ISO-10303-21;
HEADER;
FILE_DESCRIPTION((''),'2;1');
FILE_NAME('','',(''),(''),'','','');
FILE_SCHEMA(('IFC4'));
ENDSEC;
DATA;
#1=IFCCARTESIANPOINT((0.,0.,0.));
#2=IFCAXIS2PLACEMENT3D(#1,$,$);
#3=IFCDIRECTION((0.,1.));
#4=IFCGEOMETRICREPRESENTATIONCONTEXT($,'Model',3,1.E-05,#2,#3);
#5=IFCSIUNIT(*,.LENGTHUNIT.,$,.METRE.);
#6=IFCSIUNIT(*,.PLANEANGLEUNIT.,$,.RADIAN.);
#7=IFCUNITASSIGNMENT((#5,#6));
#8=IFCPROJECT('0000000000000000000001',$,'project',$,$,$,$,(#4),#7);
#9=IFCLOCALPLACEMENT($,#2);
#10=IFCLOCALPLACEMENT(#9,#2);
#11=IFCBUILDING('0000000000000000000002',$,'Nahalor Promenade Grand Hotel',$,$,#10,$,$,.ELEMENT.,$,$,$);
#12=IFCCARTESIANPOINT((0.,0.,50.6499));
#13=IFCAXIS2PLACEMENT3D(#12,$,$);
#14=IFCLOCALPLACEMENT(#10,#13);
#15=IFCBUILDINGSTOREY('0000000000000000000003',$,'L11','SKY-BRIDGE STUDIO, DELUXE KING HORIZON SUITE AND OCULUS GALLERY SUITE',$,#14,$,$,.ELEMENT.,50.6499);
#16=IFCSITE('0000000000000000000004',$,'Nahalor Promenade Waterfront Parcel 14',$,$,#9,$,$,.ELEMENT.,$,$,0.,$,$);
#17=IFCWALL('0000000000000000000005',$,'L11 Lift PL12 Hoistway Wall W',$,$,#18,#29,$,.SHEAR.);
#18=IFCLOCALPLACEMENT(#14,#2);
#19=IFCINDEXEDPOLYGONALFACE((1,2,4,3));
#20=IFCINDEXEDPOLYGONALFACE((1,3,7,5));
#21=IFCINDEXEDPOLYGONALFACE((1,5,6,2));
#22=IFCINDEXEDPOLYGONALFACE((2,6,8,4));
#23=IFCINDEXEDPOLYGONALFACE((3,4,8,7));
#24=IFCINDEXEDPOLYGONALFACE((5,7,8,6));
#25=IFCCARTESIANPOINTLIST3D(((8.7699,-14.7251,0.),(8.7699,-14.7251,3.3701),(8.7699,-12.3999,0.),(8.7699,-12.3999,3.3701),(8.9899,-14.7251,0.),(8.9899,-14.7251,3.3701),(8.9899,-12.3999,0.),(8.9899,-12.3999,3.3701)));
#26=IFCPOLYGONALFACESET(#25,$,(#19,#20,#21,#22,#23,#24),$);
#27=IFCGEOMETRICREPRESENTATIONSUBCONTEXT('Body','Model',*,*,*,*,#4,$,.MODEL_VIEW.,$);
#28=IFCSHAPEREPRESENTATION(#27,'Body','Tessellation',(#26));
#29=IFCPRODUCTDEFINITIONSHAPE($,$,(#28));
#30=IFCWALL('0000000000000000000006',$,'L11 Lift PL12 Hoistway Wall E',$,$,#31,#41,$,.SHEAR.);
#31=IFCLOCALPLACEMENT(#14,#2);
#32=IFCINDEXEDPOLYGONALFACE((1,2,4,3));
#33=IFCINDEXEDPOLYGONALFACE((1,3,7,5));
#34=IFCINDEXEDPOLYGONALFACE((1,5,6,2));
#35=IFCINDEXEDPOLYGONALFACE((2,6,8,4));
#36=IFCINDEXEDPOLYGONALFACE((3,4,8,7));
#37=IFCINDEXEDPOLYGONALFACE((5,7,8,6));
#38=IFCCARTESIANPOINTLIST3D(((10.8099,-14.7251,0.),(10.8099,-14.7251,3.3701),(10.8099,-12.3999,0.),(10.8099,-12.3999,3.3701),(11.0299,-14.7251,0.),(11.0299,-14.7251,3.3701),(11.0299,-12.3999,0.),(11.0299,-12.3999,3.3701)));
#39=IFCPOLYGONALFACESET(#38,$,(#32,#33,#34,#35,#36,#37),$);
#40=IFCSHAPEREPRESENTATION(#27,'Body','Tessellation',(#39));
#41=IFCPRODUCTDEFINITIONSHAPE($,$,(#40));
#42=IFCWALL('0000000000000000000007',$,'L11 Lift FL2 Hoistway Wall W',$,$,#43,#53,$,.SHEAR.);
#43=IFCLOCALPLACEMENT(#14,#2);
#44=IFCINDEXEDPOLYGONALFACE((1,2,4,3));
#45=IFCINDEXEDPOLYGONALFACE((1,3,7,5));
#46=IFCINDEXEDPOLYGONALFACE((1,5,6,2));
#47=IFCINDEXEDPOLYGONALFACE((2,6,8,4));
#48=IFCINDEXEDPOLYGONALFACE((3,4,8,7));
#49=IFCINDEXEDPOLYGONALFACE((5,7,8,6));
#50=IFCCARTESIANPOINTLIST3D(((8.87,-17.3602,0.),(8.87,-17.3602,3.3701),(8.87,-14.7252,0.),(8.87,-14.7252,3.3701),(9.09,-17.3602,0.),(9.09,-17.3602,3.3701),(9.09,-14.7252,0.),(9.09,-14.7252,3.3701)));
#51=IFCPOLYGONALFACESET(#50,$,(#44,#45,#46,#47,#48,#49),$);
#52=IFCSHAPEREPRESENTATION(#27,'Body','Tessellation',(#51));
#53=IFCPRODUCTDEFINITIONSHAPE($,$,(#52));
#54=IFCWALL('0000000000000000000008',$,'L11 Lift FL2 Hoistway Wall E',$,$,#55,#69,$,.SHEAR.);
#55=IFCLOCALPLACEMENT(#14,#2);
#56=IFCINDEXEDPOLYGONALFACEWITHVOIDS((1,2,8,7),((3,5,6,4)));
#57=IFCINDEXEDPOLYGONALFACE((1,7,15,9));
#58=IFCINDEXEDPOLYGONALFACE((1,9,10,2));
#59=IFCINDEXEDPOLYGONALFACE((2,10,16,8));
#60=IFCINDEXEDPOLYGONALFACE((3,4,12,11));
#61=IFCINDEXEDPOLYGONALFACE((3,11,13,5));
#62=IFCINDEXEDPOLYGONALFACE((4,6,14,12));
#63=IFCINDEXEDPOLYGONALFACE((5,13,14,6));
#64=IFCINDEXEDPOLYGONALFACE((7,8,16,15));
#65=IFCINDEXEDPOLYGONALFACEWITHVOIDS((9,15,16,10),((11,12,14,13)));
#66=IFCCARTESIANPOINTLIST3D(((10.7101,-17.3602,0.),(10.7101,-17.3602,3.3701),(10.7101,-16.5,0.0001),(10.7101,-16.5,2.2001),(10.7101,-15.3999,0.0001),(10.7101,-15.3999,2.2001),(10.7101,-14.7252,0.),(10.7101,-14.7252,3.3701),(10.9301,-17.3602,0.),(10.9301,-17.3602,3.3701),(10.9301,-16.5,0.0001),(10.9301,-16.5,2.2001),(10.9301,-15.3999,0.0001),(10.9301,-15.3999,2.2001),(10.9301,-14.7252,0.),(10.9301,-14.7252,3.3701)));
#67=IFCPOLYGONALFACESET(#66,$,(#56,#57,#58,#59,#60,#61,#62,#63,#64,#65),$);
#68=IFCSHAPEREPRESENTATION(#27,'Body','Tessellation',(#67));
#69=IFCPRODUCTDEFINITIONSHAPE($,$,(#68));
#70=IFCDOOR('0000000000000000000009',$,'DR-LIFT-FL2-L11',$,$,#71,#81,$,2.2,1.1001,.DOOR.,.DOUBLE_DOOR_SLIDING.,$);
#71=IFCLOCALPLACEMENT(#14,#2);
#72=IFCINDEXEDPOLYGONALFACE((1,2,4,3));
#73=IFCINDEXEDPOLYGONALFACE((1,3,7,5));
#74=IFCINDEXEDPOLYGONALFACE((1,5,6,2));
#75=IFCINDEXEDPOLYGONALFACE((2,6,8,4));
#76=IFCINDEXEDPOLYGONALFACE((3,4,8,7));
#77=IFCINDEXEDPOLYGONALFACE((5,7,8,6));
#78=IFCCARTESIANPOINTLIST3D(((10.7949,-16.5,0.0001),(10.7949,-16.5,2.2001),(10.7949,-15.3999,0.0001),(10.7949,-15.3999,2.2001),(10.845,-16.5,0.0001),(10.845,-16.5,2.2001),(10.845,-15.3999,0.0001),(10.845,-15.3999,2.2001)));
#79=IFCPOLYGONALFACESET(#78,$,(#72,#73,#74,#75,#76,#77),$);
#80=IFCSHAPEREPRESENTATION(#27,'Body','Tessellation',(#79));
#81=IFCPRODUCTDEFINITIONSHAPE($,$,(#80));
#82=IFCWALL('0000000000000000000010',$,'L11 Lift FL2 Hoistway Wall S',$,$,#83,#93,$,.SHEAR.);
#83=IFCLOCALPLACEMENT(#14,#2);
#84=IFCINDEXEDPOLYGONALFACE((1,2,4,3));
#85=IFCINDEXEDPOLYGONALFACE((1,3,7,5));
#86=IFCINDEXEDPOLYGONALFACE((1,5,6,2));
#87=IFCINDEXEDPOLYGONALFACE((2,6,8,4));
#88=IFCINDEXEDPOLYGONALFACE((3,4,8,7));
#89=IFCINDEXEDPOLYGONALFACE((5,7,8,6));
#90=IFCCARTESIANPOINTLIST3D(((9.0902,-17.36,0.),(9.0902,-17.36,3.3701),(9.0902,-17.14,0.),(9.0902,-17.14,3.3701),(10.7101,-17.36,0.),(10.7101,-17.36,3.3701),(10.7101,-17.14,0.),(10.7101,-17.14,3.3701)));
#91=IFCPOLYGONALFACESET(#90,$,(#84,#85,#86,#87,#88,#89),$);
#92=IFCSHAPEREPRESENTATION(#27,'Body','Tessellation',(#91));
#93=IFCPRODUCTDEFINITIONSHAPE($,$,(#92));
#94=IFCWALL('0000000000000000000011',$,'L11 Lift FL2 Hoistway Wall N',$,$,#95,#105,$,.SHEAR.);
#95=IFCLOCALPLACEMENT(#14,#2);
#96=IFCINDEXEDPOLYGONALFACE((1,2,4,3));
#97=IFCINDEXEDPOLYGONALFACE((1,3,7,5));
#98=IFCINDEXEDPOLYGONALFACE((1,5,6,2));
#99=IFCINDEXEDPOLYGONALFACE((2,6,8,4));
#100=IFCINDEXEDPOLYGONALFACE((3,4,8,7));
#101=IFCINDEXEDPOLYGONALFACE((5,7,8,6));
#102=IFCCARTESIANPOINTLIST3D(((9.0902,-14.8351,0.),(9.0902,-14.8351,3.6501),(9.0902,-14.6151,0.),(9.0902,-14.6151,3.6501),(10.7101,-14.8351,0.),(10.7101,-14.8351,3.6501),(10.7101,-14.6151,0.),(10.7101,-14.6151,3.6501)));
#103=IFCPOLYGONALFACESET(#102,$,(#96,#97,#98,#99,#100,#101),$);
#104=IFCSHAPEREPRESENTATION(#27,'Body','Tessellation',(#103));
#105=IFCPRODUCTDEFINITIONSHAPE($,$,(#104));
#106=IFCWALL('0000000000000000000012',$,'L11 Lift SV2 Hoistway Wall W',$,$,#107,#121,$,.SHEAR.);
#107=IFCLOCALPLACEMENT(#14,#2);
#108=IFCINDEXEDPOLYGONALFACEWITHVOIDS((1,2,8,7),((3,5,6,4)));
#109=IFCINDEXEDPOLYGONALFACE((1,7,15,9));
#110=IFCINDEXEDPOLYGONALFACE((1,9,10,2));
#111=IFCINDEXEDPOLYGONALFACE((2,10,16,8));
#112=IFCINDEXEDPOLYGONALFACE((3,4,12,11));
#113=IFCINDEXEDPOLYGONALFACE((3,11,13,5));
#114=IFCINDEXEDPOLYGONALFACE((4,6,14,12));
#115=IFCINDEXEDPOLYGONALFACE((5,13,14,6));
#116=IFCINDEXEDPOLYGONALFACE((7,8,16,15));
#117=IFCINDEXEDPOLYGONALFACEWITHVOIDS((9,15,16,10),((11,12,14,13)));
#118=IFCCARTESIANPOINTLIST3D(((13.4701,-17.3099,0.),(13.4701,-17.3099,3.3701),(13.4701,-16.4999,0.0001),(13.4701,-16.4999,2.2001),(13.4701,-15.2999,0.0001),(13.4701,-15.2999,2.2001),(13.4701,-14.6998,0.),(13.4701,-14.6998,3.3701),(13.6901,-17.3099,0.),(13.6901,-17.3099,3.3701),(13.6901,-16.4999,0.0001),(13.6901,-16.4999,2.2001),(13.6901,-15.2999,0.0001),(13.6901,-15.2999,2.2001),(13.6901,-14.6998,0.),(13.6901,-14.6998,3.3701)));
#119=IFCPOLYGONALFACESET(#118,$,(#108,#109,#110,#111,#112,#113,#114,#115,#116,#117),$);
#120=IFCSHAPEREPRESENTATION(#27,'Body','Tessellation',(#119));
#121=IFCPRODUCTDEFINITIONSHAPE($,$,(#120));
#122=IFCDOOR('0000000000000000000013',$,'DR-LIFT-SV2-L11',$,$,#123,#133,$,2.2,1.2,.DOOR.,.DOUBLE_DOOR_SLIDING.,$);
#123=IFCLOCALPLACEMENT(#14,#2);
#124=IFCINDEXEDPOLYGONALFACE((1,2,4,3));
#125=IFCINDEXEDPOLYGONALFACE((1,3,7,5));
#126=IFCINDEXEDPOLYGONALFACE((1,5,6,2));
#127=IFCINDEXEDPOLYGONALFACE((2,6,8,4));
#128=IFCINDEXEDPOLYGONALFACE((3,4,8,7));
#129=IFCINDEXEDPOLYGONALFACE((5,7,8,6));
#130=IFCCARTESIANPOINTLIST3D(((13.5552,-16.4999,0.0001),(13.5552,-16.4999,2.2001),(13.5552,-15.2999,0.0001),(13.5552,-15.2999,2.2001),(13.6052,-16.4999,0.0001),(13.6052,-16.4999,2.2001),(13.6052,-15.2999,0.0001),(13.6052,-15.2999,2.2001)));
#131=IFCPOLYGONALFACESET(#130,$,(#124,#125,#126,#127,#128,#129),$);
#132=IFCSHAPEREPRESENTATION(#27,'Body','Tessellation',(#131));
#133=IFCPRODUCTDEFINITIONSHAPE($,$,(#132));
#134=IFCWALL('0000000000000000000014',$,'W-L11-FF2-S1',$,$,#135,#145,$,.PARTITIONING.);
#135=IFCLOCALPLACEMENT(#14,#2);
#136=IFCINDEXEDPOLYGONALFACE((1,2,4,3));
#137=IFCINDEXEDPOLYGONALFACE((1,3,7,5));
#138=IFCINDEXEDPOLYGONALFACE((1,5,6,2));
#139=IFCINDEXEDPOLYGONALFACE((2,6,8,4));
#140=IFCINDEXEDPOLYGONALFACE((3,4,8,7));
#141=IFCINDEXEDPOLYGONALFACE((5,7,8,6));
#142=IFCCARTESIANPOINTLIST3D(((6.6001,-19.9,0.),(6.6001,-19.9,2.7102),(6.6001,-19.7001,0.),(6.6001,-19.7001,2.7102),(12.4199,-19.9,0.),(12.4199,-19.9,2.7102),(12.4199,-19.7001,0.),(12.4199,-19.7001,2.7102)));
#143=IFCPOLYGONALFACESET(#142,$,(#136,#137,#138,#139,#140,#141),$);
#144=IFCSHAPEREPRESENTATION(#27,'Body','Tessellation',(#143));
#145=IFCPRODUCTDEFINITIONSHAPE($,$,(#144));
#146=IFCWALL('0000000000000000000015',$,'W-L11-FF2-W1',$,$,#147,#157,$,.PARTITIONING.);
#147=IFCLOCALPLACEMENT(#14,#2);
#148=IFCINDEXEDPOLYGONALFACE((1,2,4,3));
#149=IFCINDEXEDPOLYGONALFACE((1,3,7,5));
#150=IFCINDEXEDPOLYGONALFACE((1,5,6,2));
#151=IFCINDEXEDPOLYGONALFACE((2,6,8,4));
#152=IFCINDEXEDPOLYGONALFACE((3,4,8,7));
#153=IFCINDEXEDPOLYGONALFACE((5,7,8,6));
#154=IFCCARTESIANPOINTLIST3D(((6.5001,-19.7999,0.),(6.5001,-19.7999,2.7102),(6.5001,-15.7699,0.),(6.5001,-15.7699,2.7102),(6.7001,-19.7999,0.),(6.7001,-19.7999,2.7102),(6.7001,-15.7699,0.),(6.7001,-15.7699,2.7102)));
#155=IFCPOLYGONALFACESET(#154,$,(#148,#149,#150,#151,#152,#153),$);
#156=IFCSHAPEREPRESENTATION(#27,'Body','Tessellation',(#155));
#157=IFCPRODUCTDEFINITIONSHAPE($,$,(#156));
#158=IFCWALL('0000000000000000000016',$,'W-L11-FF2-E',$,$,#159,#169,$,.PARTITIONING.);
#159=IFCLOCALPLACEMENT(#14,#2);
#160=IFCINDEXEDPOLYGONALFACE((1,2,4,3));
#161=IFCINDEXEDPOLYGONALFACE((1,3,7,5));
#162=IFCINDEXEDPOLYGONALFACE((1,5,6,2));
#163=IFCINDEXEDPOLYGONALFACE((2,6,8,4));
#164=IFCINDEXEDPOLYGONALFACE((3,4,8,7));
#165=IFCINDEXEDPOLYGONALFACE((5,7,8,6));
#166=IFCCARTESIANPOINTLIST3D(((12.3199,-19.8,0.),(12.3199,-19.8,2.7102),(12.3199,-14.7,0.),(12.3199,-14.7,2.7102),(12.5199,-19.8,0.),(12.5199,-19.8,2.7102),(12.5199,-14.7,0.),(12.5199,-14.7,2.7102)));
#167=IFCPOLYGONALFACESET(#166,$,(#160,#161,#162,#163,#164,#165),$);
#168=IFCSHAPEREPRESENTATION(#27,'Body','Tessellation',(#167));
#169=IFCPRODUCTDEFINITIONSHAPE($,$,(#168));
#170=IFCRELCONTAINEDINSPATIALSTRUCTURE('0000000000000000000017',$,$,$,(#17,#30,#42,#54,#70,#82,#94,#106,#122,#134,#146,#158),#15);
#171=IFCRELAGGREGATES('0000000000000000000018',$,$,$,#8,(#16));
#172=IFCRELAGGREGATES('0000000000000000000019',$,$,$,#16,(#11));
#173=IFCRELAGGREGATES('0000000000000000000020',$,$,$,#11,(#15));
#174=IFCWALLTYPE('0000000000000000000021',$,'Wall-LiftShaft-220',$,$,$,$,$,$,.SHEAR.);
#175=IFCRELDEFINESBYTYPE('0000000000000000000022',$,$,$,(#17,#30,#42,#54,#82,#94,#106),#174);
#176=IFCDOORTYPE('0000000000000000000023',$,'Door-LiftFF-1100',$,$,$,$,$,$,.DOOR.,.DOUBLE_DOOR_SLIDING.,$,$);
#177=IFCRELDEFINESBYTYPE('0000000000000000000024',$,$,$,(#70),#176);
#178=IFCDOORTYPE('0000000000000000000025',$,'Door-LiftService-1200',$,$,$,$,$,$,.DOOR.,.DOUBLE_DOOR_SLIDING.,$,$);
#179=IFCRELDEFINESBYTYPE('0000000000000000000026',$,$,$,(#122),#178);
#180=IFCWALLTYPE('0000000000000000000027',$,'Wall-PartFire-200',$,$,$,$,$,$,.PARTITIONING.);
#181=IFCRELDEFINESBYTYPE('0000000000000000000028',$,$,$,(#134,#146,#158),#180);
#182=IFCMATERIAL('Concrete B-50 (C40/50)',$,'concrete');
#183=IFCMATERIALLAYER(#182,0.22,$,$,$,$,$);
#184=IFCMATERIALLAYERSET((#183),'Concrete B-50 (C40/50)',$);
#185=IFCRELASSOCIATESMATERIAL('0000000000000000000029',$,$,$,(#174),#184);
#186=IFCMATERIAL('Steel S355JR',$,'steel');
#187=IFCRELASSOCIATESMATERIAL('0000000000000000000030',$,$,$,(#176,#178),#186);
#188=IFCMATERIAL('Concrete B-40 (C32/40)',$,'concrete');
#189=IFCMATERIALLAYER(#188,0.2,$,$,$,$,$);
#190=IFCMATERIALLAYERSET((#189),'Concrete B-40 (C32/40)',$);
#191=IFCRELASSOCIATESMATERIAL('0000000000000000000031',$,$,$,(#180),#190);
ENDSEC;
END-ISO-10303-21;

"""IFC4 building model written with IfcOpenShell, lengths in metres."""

from ifc_helpers import new_model, si_unit, direction, frame, frame_2d, origin, place, context, subcontext, project, spatial, rectangle, extrude, source, transform, mapped, material, layer, layer_set, type_object, element, fill, save


model = new_model("IFC4")

# Units and contexts
model_context = context("Model", 3, precision=1e-05, world=origin(), true_north=direction((0.0, 1.0)))
body_context = subcontext(model_context, "Body", "Model", "MODEL_VIEW")
ifc_project = project(units=[si_unit("LENGTHUNIT", "METRE"), si_unit("PLANEANGLEUNIT", "RADIAN")], contexts=[model_context])

# Site, building, storey
site_placement = place(None, origin())
site = spatial("IfcSite", under=ifc_project, at=site_placement, Name="Nahalor Promenade Waterfront Parcel 14", CompositionType="ELEMENT", RefElevation=0.0)
building_placement = place(site_placement, origin())
building = spatial("IfcBuilding", under=site, at=building_placement, Name="Nahalor Promenade Grand Hotel", CompositionType="ELEMENT")
storey_placement = place(building_placement, frame((0.0, 0.0, 50.6499)))
storey = spatial("IfcBuildingStorey", under=building, at=storey_placement, Name="L11", Description="SKY-BRIDGE STUDIO, DELUXE KING HORIZON SUITE AND OCULUS GALLERY SUITE", CompositionType="ELEMENT", Elevation=50.6499)

# Shared definitions
ifc_material_1 = material(Name="Steel S355JR", Category="steel")

# Shared definitions
ifc_material_2 = material(Name="Concrete B-50 (C40/50)", Category="concrete")

# Walls
ifc_layer_1 = layer(ifc_material_2, 0.22)
ifc_layer_set_1 = layer_set([ifc_layer_1], Name="Concrete B-50 (C40/50)")
wall_type_1 = type_object("IfcWallType", Name="Wall-LiftShaft-220", PredefinedType="SHEAR", material=ifc_layer_set_1)
shared_shape_1 = source(origin(), body_context, "Body", "SweptSolid", [
    extrude(rectangle(XDim=2.3252, YDim=0.22, at=frame_2d((1.1626, 0.0))), origin(), (0.0, 0.0, 1.0), 3.3701),
])
for number, where, z_axis, x_axis, name in (
    (1, (8.8799, -14.7251, 0.0), (0.0, 0.0, 1.0), (0.0, 1.0, 0.0), "L11 Lift PL12 Hoistway Wall W"),
    (2, (10.9199, -14.7251, 0.0), (0.0, 0.0, 1.0), (0.0, 1.0, 0.0), "L11 Lift PL12 Hoistway Wall E"),
):
    element("IfcWall", number, at=place(storey_placement, frame(where, z_axis=z_axis, x_axis=x_axis)), inside=storey, type_object=wall_type_1, Name=name, PredefinedType="SHEAR", context=body_context, shape_type="MappedRepresentation", body=[
        mapped(shared_shape_1, transform((0.0, 0.0, 0.0), scale=1.0)),
    ])
shared_shape_2 = source(origin(), body_context, "Body", "SweptSolid", [
    extrude(rectangle(XDim=2.635, YDim=0.22, at=frame_2d((1.3174, 0.0))), origin(), (0.0, 0.0, 1.0), 3.3701),
])
wall_1_placement = place(storey_placement, frame((8.98, -17.3601, 0.0), z_axis=(0.0, 0.0, 1.0), x_axis=(0.0, 1.0, 0.0)))
element("IfcWall", 3, at=wall_1_placement, inside=storey, type_object=wall_type_1, Name="L11 Lift FL2 Hoistway Wall W", PredefinedType="SHEAR", context=body_context, shape_type="MappedRepresentation", body=[
    mapped(shared_shape_2, transform((0.0, 0.0, 0.0), scale=1.0)),
])

# Wall, opening, door
wall_2_placement = place(storey_placement, frame((10.8201, -17.3601, 0.0), z_axis=(0.0, 0.0, 1.0), x_axis=(0.0, 1.0, 0.0)))
wall_2 = element("IfcWall", 4, at=wall_2_placement, inside=storey, type_object=wall_type_1, Name="L11 Lift FL2 Hoistway Wall E", PredefinedType="SHEAR", context=body_context, shape_type="MappedRepresentation", body=[
    mapped(shared_shape_2, transform((0.0, 0.0, 0.0), scale=1.0)),
])
opening_1_placement = place(wall_2_placement, frame((0.8601, 0.0, 0.0)))
opening_1 = element("IfcOpeningElement", 5, at=opening_1_placement, cuts=wall_2, PredefinedType="OPENING", context=body_context, shape_type="SweptSolid", body=[
    extrude(rectangle(XDim=1.1001, YDim=2.2, at=frame_2d((0.55, 1.1001))), frame((0.0, 0.1199, 0.0), z_axis=(0.0, -1.0, 0.0), x_axis=(1.0, 0.0, 0.0)), (0.0, 0.0, 1.0), 0.24),
])
door_type_1 = type_object("IfcDoorType", Name="Door-LiftFF-1100", OperationType="DOUBLE_DOOR_SLIDING", PredefinedType="DOOR", material=ifc_material_1)
shared_shape_3 = source(origin(), body_context, "Body", "SweptSolid", [
    extrude(rectangle(XDim=1.1001, YDim=2.2, at=frame_2d((0.55, 1.1001))), frame((0.0, 0.0249, 0.0), z_axis=(0.0, -1.0, 0.0), x_axis=(1.0, 0.0, 0.0)), (0.0, 0.0, 1.0), 0.05),
])
door_1_placement = place(opening_1_placement, frame((1.1001, 0.0, 0.0), z_axis=(0.0, 0.0, 1.0), x_axis=(-1.0, 0.0, 0.0)))
door_1 = element("IfcDoor", 6, at=door_1_placement, inside=storey, type_object=door_type_1, Name="DR-LIFT-FL2-L11", OperationType="DOUBLE_DOOR_SLIDING", OverallHeight=2.2, OverallWidth=1.1001, PredefinedType="DOOR", context=body_context, shape_type="MappedRepresentation", body=[
    mapped(shared_shape_3, transform((0.0, 0.0, 0.0), scale=1.0)),
])
fill(opening_1, door_1)

# Walls
shared_shape_4 = source(origin(), body_context, "Body", "SweptSolid", [
    extrude(rectangle(XDim=1.6199, YDim=0.22, at=frame_2d((0.8101, 0.0))), origin(), (0.0, 0.0, 1.0), 3.3701),
])
wall_3_placement = place(storey_placement, frame((9.0901, -17.25, 0.0), z_axis=(0.0, 0.0, 1.0), x_axis=(1.0, 0.0, 0.0)))
element("IfcWall", 7, at=wall_3_placement, inside=storey, type_object=wall_type_1, Name="L11 Lift FL2 Hoistway Wall S", PredefinedType="SHEAR", context=body_context, shape_type="MappedRepresentation", body=[
    mapped(shared_shape_4, transform((0.0, 0.0, 0.0), scale=1.0)),
])
shared_shape_5 = source(origin(), body_context, "Body", "SweptSolid", [
    extrude(rectangle(XDim=1.6199, YDim=0.22, at=frame_2d((0.8101, 0.0))), origin(), (0.0, 0.0, 1.0), 3.6501),
])
wall_4_placement = place(storey_placement, frame((9.0901, -14.7251, 0.0), z_axis=(0.0, 0.0, 1.0), x_axis=(1.0, 0.0, 0.0)))
element("IfcWall", 8, at=wall_4_placement, inside=storey, type_object=wall_type_1, Name="L11 Lift FL2 Hoistway Wall N", PredefinedType="SHEAR", context=body_context, shape_type="MappedRepresentation", body=[
    mapped(shared_shape_5, transform((0.0, 0.0, 0.0), scale=1.0)),
])

# Wall, opening, door
shared_shape_6 = source(origin(), body_context, "Body", "SweptSolid", [
    extrude(rectangle(XDim=2.6101, YDim=0.22, at=frame_2d((1.3052, 0.0))), origin(), (0.0, 0.0, 1.0), 3.3701),
])
wall_5_placement = place(storey_placement, frame((13.5801, -17.3101, 0.0), z_axis=(0.0, 0.0, 1.0), x_axis=(0.0, 1.0, 0.0)))
wall_5 = element("IfcWall", 9, at=wall_5_placement, inside=storey, type_object=wall_type_1, Name="L11 Lift SV2 Hoistway Wall W", PredefinedType="SHEAR", context=body_context, shape_type="MappedRepresentation", body=[
    mapped(shared_shape_6, transform((0.0, 0.0, 0.0), scale=1.0)),
])
opening_2_placement = place(wall_5_placement, frame((0.8101, 0.0, 0.0)))
opening_2 = element("IfcOpeningElement", 10, at=opening_2_placement, cuts=wall_5, PredefinedType="OPENING", context=body_context, shape_type="SweptSolid", body=[
    extrude(rectangle(XDim=1.2, YDim=2.2, at=frame_2d((0.6001, 1.1001))), frame((0.0, 0.1199, 0.0), z_axis=(0.0, -1.0, 0.0), x_axis=(1.0, 0.0, 0.0)), (0.0, 0.0, 1.0), 0.24),
])
door_type_2 = type_object("IfcDoorType", Name="Door-LiftService-1200", OperationType="DOUBLE_DOOR_SLIDING", PredefinedType="DOOR", material=ifc_material_1)
shared_shape_7 = source(origin(), body_context, "Body", "SweptSolid", [
    extrude(rectangle(XDim=1.2, YDim=2.2, at=frame_2d((0.6001, 1.1001))), frame((0.0, 0.0249, 0.0), z_axis=(0.0, -1.0, 0.0), x_axis=(1.0, 0.0, 0.0)), (0.0, 0.0, 1.0), 0.05),
])
door_2_placement = place(opening_2_placement, origin())
door_2 = element("IfcDoor", 11, at=door_2_placement, inside=storey, type_object=door_type_2, Name="DR-LIFT-SV2-L11", OperationType="DOUBLE_DOOR_SLIDING", OverallHeight=2.2, OverallWidth=1.2, PredefinedType="DOOR", context=body_context, shape_type="MappedRepresentation", body=[
    mapped(shared_shape_7, transform((0.0, 0.0, 0.0), scale=1.0)),
])
fill(opening_2, door_2)

# Walls
ifc_material_3 = material(Name="Concrete B-40 (C32/40)", Category="concrete")
ifc_layer_2 = layer(ifc_material_3, 0.2)
ifc_layer_set_2 = layer_set([ifc_layer_2], Name="Concrete B-40 (C32/40)")
wall_type_2 = type_object("IfcWallType", Name="Wall-PartFire-200", PredefinedType="PARTITIONING", material=ifc_layer_set_2)
shared_shape_8 = source(origin(), body_context, "Body", "SweptSolid", [
    extrude(rectangle(XDim=5.8198, YDim=0.2, at=frame_2d((2.9099, 0.0))), origin(), (0.0, 0.0, 1.0), 2.7102),
])
wall_6_placement = place(storey_placement, frame((6.6001, -19.8, 0.0), z_axis=(0.0, 0.0, 1.0), x_axis=(1.0, 0.0, 0.0)))
element("IfcWall", 12, at=wall_6_placement, inside=storey, type_object=wall_type_2, Name="W-L11-FF2-S1", PredefinedType="PARTITIONING", context=body_context, shape_type="MappedRepresentation", body=[
    mapped(shared_shape_8, transform((0.0, 0.0, 0.0), scale=1.0)),
])
shared_shape_9 = source(origin(), body_context, "Body", "SweptSolid", [
    extrude(rectangle(XDim=4.03, YDim=0.2, at=frame_2d((2.0151, 0.0))), origin(), (0.0, 0.0, 1.0), 2.7102),
])
wall_7_placement = place(storey_placement, frame((6.6001, -19.8, 0.0), z_axis=(0.0, 0.0, 1.0), x_axis=(0.0, 1.0, 0.0)))
element("IfcWall", 13, at=wall_7_placement, inside=storey, type_object=wall_type_2, Name="W-L11-FF2-W1", PredefinedType="PARTITIONING", context=body_context, shape_type="MappedRepresentation", body=[
    mapped(shared_shape_9, transform((0.0, 0.0, 0.0), scale=1.0)),
])
shared_shape_10 = source(origin(), body_context, "Body", "SweptSolid", [
    extrude(rectangle(XDim=5.1001, YDim=0.2, at=frame_2d((2.55, 0.0))), origin(), (0.0, 0.0, 1.0), 2.7102),
])
wall_8_placement = place(storey_placement, frame((12.4199, -19.8, 0.0), z_axis=(0.0, 0.0, 1.0), x_axis=(0.0, 1.0, 0.0)))
element("IfcWall", 14, at=wall_8_placement, inside=storey, type_object=wall_type_2, Name="W-L11-FF2-E", PredefinedType="PARTITIONING", context=body_context, shape_type="MappedRepresentation", body=[
    mapped(shared_shape_10, transform((0.0, 0.0, 0.0), scale=1.0)),
])

save(model, "model.ifc")
